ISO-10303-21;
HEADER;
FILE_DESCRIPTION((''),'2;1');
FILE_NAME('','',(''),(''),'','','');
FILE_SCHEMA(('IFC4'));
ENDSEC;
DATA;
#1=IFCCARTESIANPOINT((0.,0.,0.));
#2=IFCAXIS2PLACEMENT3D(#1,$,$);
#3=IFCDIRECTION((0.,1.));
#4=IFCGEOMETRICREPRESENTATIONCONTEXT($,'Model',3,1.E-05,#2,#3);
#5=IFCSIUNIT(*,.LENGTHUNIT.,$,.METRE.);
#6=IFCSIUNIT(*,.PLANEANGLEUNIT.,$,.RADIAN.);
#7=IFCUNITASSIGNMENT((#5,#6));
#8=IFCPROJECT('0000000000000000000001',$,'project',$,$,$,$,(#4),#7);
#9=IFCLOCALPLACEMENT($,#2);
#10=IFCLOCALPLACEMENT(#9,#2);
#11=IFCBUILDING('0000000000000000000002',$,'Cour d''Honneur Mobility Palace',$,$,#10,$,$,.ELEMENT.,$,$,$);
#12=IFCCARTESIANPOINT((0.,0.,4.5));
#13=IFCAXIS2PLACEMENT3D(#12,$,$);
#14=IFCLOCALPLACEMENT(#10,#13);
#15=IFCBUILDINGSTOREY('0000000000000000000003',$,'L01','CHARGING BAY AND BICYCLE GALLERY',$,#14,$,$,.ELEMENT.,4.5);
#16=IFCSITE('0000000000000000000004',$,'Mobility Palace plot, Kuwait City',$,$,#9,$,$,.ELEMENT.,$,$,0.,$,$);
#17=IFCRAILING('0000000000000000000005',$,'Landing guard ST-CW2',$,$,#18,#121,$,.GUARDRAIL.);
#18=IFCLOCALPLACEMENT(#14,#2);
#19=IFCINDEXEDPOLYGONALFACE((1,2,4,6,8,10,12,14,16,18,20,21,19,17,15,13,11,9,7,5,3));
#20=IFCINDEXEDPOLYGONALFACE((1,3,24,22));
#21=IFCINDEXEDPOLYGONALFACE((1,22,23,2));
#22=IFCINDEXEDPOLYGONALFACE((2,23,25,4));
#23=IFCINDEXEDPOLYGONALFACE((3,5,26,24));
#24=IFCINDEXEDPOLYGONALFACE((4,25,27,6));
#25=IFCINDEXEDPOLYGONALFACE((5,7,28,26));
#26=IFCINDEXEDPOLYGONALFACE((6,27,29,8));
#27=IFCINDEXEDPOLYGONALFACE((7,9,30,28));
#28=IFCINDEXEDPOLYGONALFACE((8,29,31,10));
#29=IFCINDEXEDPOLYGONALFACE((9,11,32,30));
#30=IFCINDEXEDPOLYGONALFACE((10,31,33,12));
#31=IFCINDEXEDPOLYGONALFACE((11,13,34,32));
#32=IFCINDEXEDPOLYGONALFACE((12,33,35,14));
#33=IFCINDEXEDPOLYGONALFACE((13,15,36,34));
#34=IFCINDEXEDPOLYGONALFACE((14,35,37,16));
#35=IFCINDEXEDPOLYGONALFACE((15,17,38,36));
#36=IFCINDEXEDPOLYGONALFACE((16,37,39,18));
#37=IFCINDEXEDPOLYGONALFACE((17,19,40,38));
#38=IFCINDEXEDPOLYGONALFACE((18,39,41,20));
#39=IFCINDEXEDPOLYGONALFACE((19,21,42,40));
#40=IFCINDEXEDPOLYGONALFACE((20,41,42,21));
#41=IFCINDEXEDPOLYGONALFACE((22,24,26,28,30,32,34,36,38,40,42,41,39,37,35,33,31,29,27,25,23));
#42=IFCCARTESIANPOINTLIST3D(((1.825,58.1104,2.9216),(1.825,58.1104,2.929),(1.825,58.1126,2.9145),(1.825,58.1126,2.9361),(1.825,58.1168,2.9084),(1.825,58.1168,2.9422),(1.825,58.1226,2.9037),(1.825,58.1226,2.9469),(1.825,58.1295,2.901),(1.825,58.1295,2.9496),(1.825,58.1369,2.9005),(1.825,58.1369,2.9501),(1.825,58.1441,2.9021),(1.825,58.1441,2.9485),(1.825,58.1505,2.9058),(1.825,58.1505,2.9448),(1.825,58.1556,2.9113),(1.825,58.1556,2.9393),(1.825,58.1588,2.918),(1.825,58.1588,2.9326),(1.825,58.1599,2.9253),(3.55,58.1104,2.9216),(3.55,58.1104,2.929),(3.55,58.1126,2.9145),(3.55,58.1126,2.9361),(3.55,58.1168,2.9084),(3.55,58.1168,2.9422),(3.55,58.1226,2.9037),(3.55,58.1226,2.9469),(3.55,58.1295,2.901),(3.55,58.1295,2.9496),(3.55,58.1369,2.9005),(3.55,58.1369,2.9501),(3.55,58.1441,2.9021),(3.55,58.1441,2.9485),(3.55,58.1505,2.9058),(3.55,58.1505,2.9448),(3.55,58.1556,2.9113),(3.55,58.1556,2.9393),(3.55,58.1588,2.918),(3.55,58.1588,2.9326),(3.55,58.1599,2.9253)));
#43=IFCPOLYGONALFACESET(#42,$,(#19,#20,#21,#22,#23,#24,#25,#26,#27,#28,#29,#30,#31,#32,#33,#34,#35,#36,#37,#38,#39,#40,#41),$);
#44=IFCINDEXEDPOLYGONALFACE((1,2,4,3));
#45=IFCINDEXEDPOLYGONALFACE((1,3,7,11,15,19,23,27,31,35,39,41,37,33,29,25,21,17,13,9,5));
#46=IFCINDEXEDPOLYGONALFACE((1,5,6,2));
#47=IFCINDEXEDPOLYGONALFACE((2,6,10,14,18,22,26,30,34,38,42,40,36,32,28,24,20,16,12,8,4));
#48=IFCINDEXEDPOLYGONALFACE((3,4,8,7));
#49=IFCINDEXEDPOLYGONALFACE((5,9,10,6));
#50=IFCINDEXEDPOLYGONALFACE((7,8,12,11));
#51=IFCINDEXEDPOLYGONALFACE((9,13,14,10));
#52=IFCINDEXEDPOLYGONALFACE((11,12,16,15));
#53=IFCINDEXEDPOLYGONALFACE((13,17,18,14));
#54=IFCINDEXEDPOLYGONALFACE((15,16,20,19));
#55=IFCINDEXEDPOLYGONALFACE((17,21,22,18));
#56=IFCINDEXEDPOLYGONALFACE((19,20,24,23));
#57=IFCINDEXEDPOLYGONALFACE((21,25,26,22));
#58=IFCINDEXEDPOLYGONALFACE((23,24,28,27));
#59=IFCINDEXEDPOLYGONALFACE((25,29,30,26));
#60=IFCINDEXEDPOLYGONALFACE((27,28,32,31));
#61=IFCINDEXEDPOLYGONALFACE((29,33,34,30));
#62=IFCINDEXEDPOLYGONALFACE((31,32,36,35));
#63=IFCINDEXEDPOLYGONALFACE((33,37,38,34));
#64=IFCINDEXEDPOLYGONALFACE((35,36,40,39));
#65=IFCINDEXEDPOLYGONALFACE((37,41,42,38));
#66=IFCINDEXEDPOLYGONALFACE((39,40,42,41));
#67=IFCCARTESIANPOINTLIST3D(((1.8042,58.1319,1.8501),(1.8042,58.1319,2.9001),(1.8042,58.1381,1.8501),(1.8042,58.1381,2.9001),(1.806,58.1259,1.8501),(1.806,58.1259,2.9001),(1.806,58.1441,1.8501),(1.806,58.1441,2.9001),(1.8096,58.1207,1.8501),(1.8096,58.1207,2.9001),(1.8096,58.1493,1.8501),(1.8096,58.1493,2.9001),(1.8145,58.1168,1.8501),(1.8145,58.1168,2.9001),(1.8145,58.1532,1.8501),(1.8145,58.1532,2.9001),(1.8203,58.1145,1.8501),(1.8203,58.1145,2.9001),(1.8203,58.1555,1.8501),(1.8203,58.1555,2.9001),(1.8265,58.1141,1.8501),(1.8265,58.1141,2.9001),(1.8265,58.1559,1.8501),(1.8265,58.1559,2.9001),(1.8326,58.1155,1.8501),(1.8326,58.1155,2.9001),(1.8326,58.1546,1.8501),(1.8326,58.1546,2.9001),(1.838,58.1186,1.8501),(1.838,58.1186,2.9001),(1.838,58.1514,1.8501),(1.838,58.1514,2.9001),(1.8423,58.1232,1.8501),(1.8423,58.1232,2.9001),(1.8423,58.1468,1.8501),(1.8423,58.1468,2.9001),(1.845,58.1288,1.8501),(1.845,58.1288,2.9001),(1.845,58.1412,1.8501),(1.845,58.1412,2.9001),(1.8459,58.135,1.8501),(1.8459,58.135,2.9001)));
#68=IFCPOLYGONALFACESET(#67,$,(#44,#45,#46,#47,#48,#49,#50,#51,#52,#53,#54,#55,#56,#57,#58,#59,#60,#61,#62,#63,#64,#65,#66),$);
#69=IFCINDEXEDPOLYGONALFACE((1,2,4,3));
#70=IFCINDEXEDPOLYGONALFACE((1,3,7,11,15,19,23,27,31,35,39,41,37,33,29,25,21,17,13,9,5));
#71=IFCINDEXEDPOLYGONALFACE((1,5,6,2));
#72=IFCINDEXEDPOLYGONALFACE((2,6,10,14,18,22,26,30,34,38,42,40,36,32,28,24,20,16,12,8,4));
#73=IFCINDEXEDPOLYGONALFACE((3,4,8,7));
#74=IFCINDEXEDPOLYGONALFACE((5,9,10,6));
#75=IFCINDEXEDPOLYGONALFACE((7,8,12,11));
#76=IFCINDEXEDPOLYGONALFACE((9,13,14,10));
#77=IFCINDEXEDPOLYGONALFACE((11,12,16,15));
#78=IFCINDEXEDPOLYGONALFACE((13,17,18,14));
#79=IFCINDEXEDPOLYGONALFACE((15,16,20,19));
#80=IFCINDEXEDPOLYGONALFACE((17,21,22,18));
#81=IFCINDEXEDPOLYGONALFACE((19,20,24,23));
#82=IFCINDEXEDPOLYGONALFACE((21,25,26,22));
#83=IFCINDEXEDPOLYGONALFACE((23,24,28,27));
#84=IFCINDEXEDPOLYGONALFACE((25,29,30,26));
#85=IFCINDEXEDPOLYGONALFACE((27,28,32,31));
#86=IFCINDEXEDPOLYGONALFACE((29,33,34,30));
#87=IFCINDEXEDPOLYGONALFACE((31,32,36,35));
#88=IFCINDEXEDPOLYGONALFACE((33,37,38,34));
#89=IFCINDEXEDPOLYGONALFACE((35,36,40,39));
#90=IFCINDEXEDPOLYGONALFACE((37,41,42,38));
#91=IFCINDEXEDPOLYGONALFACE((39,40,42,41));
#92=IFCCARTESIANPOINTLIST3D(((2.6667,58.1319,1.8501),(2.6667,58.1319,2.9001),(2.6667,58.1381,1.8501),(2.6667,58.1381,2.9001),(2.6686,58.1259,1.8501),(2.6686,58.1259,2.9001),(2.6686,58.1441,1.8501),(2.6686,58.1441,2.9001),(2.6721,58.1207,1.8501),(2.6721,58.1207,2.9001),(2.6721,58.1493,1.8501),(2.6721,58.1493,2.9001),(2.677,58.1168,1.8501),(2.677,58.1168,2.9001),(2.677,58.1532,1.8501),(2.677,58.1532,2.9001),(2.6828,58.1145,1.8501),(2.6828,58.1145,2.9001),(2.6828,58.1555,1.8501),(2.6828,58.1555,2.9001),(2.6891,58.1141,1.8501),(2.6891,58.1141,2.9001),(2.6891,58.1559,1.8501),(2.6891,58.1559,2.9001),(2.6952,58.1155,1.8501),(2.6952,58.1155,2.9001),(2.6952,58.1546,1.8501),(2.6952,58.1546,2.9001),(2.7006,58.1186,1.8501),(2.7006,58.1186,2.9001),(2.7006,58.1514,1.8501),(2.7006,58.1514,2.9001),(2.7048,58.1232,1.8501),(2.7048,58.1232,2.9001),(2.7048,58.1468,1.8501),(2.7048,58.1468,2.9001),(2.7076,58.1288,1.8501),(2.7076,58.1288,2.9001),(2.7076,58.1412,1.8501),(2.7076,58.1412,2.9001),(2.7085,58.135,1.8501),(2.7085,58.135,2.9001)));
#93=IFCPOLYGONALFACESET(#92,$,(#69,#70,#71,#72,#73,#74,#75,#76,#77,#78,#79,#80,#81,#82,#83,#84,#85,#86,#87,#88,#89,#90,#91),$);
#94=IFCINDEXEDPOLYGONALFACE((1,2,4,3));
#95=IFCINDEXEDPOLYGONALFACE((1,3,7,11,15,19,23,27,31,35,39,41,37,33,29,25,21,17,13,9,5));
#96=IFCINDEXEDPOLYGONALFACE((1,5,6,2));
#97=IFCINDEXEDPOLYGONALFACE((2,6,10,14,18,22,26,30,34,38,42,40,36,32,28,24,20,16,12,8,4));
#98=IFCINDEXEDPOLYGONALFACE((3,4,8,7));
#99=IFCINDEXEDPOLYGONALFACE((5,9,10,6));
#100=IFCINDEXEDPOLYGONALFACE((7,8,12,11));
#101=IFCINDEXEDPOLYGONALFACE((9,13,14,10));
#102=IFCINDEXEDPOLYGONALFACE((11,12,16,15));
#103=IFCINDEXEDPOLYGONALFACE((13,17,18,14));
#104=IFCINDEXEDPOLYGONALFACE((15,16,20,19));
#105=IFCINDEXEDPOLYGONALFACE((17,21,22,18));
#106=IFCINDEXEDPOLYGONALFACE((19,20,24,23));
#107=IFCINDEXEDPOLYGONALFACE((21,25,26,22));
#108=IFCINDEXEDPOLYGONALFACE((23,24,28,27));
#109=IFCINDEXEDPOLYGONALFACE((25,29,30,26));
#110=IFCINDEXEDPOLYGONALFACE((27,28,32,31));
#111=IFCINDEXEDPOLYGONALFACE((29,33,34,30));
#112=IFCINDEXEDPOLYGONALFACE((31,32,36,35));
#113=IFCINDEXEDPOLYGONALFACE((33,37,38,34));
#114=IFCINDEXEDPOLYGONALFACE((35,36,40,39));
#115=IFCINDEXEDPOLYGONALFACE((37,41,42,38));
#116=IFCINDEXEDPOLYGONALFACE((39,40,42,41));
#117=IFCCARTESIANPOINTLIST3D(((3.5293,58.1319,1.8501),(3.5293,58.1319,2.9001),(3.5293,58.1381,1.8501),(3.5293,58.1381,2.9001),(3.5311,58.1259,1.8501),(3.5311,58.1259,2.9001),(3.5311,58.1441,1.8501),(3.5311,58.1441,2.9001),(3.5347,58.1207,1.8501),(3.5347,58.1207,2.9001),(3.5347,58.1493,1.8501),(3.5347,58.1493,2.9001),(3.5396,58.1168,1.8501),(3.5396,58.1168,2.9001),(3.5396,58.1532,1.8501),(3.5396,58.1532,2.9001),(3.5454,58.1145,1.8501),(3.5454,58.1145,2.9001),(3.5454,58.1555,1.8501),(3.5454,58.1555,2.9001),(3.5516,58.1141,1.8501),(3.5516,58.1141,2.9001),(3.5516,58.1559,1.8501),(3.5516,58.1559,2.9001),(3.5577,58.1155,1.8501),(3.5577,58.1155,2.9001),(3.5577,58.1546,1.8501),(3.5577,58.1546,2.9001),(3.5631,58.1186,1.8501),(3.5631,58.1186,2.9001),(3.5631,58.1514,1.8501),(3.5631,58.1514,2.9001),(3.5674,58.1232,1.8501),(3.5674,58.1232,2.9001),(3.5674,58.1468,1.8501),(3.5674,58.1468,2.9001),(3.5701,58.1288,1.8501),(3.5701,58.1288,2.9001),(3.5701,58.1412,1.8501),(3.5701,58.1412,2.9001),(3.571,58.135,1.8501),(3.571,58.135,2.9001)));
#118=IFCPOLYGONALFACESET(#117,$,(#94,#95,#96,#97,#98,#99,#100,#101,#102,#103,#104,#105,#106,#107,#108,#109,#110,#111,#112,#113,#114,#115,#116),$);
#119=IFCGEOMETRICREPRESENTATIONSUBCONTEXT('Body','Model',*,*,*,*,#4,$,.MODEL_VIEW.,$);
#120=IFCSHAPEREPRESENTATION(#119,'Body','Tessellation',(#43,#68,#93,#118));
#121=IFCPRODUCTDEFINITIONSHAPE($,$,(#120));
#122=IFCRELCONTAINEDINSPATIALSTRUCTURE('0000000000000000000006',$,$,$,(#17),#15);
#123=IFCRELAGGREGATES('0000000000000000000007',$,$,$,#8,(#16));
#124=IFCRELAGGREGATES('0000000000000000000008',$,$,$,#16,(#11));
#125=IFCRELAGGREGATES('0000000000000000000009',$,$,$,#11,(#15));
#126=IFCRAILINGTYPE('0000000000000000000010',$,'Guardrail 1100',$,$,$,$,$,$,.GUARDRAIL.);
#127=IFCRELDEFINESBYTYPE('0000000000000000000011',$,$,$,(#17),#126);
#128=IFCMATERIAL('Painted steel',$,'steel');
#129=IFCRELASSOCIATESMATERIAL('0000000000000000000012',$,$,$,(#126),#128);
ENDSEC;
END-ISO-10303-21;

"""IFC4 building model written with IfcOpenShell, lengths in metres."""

from ifc_helpers import new_model, si_unit, direction, frame, origin, origin_2d, place, context, subcontext, project, spatial, circle, extrude, material, type_object, element, save


model = new_model("IFC4")

# Units and contexts
model_context = context("Model", 3, precision=1e-05, world=origin(), true_north=direction((0.0, 1.0)))
body_context = subcontext(model_context, "Body", "Model", "MODEL_VIEW")
ifc_project = project(units=[si_unit("LENGTHUNIT", "METRE"), si_unit("PLANEANGLEUNIT", "RADIAN")], contexts=[model_context])

# Site, building, storey
site_placement = place(None, origin())
site = spatial("IfcSite", under=ifc_project, at=site_placement, Name="Mobility Palace plot, Kuwait City", CompositionType="ELEMENT", RefElevation=0.0)
building_placement = place(site_placement, origin())
building = spatial("IfcBuilding", under=site, at=building_placement, Name="Cour d'Honneur Mobility Palace", CompositionType="ELEMENT")
storey_placement = place(building_placement, frame((0.0, 0.0, 4.5)))
storey = spatial("IfcBuildingStorey", under=building, at=storey_placement, Name="L01", Description="CHARGING BAY AND BICYCLE GALLERY", CompositionType="ELEMENT", Elevation=4.5)

# Railing
ifc_material_1 = material(Name="Painted steel", Category="steel")
railing_type_1 = type_object("IfcRailingType", Name="Guardrail 1100", PredefinedType="GUARDRAIL", material=ifc_material_1)
railing_placement = place(storey_placement, frame((1.825, 58.135, 1.8501)))
element("IfcRailing", 1, at=railing_placement, inside=storey, type_object=railing_type_1, Name="Landing guard ST-CW2", PredefinedType="GUARDRAIL", context=body_context, shape_type="SweptSolid", body=[
    extrude(circle(Radius=0.0249, at=origin_2d()), frame((0.0, 0.0, 1.0752), z_axis=(1.0, 0.0, 0.0), x_axis=(0.0, 1.0, 0.0)), (0.0, 0.0, 1.0), 1.7251),
    extrude(circle(Radius=0.021, at=origin_2d()), origin(), (0.0, 0.0, 1.0), 1.05),
    extrude(circle(Radius=0.021, at=origin_2d()), frame((0.8625, 0.0, 0.0)), (0.0, 0.0, 1.0), 1.05),
    extrude(circle(Radius=0.021, at=origin_2d()), frame((1.7251, 0.0, 0.0)), (0.0, 0.0, 1.0), 1.05),
])

save(model, "model.ifc")
